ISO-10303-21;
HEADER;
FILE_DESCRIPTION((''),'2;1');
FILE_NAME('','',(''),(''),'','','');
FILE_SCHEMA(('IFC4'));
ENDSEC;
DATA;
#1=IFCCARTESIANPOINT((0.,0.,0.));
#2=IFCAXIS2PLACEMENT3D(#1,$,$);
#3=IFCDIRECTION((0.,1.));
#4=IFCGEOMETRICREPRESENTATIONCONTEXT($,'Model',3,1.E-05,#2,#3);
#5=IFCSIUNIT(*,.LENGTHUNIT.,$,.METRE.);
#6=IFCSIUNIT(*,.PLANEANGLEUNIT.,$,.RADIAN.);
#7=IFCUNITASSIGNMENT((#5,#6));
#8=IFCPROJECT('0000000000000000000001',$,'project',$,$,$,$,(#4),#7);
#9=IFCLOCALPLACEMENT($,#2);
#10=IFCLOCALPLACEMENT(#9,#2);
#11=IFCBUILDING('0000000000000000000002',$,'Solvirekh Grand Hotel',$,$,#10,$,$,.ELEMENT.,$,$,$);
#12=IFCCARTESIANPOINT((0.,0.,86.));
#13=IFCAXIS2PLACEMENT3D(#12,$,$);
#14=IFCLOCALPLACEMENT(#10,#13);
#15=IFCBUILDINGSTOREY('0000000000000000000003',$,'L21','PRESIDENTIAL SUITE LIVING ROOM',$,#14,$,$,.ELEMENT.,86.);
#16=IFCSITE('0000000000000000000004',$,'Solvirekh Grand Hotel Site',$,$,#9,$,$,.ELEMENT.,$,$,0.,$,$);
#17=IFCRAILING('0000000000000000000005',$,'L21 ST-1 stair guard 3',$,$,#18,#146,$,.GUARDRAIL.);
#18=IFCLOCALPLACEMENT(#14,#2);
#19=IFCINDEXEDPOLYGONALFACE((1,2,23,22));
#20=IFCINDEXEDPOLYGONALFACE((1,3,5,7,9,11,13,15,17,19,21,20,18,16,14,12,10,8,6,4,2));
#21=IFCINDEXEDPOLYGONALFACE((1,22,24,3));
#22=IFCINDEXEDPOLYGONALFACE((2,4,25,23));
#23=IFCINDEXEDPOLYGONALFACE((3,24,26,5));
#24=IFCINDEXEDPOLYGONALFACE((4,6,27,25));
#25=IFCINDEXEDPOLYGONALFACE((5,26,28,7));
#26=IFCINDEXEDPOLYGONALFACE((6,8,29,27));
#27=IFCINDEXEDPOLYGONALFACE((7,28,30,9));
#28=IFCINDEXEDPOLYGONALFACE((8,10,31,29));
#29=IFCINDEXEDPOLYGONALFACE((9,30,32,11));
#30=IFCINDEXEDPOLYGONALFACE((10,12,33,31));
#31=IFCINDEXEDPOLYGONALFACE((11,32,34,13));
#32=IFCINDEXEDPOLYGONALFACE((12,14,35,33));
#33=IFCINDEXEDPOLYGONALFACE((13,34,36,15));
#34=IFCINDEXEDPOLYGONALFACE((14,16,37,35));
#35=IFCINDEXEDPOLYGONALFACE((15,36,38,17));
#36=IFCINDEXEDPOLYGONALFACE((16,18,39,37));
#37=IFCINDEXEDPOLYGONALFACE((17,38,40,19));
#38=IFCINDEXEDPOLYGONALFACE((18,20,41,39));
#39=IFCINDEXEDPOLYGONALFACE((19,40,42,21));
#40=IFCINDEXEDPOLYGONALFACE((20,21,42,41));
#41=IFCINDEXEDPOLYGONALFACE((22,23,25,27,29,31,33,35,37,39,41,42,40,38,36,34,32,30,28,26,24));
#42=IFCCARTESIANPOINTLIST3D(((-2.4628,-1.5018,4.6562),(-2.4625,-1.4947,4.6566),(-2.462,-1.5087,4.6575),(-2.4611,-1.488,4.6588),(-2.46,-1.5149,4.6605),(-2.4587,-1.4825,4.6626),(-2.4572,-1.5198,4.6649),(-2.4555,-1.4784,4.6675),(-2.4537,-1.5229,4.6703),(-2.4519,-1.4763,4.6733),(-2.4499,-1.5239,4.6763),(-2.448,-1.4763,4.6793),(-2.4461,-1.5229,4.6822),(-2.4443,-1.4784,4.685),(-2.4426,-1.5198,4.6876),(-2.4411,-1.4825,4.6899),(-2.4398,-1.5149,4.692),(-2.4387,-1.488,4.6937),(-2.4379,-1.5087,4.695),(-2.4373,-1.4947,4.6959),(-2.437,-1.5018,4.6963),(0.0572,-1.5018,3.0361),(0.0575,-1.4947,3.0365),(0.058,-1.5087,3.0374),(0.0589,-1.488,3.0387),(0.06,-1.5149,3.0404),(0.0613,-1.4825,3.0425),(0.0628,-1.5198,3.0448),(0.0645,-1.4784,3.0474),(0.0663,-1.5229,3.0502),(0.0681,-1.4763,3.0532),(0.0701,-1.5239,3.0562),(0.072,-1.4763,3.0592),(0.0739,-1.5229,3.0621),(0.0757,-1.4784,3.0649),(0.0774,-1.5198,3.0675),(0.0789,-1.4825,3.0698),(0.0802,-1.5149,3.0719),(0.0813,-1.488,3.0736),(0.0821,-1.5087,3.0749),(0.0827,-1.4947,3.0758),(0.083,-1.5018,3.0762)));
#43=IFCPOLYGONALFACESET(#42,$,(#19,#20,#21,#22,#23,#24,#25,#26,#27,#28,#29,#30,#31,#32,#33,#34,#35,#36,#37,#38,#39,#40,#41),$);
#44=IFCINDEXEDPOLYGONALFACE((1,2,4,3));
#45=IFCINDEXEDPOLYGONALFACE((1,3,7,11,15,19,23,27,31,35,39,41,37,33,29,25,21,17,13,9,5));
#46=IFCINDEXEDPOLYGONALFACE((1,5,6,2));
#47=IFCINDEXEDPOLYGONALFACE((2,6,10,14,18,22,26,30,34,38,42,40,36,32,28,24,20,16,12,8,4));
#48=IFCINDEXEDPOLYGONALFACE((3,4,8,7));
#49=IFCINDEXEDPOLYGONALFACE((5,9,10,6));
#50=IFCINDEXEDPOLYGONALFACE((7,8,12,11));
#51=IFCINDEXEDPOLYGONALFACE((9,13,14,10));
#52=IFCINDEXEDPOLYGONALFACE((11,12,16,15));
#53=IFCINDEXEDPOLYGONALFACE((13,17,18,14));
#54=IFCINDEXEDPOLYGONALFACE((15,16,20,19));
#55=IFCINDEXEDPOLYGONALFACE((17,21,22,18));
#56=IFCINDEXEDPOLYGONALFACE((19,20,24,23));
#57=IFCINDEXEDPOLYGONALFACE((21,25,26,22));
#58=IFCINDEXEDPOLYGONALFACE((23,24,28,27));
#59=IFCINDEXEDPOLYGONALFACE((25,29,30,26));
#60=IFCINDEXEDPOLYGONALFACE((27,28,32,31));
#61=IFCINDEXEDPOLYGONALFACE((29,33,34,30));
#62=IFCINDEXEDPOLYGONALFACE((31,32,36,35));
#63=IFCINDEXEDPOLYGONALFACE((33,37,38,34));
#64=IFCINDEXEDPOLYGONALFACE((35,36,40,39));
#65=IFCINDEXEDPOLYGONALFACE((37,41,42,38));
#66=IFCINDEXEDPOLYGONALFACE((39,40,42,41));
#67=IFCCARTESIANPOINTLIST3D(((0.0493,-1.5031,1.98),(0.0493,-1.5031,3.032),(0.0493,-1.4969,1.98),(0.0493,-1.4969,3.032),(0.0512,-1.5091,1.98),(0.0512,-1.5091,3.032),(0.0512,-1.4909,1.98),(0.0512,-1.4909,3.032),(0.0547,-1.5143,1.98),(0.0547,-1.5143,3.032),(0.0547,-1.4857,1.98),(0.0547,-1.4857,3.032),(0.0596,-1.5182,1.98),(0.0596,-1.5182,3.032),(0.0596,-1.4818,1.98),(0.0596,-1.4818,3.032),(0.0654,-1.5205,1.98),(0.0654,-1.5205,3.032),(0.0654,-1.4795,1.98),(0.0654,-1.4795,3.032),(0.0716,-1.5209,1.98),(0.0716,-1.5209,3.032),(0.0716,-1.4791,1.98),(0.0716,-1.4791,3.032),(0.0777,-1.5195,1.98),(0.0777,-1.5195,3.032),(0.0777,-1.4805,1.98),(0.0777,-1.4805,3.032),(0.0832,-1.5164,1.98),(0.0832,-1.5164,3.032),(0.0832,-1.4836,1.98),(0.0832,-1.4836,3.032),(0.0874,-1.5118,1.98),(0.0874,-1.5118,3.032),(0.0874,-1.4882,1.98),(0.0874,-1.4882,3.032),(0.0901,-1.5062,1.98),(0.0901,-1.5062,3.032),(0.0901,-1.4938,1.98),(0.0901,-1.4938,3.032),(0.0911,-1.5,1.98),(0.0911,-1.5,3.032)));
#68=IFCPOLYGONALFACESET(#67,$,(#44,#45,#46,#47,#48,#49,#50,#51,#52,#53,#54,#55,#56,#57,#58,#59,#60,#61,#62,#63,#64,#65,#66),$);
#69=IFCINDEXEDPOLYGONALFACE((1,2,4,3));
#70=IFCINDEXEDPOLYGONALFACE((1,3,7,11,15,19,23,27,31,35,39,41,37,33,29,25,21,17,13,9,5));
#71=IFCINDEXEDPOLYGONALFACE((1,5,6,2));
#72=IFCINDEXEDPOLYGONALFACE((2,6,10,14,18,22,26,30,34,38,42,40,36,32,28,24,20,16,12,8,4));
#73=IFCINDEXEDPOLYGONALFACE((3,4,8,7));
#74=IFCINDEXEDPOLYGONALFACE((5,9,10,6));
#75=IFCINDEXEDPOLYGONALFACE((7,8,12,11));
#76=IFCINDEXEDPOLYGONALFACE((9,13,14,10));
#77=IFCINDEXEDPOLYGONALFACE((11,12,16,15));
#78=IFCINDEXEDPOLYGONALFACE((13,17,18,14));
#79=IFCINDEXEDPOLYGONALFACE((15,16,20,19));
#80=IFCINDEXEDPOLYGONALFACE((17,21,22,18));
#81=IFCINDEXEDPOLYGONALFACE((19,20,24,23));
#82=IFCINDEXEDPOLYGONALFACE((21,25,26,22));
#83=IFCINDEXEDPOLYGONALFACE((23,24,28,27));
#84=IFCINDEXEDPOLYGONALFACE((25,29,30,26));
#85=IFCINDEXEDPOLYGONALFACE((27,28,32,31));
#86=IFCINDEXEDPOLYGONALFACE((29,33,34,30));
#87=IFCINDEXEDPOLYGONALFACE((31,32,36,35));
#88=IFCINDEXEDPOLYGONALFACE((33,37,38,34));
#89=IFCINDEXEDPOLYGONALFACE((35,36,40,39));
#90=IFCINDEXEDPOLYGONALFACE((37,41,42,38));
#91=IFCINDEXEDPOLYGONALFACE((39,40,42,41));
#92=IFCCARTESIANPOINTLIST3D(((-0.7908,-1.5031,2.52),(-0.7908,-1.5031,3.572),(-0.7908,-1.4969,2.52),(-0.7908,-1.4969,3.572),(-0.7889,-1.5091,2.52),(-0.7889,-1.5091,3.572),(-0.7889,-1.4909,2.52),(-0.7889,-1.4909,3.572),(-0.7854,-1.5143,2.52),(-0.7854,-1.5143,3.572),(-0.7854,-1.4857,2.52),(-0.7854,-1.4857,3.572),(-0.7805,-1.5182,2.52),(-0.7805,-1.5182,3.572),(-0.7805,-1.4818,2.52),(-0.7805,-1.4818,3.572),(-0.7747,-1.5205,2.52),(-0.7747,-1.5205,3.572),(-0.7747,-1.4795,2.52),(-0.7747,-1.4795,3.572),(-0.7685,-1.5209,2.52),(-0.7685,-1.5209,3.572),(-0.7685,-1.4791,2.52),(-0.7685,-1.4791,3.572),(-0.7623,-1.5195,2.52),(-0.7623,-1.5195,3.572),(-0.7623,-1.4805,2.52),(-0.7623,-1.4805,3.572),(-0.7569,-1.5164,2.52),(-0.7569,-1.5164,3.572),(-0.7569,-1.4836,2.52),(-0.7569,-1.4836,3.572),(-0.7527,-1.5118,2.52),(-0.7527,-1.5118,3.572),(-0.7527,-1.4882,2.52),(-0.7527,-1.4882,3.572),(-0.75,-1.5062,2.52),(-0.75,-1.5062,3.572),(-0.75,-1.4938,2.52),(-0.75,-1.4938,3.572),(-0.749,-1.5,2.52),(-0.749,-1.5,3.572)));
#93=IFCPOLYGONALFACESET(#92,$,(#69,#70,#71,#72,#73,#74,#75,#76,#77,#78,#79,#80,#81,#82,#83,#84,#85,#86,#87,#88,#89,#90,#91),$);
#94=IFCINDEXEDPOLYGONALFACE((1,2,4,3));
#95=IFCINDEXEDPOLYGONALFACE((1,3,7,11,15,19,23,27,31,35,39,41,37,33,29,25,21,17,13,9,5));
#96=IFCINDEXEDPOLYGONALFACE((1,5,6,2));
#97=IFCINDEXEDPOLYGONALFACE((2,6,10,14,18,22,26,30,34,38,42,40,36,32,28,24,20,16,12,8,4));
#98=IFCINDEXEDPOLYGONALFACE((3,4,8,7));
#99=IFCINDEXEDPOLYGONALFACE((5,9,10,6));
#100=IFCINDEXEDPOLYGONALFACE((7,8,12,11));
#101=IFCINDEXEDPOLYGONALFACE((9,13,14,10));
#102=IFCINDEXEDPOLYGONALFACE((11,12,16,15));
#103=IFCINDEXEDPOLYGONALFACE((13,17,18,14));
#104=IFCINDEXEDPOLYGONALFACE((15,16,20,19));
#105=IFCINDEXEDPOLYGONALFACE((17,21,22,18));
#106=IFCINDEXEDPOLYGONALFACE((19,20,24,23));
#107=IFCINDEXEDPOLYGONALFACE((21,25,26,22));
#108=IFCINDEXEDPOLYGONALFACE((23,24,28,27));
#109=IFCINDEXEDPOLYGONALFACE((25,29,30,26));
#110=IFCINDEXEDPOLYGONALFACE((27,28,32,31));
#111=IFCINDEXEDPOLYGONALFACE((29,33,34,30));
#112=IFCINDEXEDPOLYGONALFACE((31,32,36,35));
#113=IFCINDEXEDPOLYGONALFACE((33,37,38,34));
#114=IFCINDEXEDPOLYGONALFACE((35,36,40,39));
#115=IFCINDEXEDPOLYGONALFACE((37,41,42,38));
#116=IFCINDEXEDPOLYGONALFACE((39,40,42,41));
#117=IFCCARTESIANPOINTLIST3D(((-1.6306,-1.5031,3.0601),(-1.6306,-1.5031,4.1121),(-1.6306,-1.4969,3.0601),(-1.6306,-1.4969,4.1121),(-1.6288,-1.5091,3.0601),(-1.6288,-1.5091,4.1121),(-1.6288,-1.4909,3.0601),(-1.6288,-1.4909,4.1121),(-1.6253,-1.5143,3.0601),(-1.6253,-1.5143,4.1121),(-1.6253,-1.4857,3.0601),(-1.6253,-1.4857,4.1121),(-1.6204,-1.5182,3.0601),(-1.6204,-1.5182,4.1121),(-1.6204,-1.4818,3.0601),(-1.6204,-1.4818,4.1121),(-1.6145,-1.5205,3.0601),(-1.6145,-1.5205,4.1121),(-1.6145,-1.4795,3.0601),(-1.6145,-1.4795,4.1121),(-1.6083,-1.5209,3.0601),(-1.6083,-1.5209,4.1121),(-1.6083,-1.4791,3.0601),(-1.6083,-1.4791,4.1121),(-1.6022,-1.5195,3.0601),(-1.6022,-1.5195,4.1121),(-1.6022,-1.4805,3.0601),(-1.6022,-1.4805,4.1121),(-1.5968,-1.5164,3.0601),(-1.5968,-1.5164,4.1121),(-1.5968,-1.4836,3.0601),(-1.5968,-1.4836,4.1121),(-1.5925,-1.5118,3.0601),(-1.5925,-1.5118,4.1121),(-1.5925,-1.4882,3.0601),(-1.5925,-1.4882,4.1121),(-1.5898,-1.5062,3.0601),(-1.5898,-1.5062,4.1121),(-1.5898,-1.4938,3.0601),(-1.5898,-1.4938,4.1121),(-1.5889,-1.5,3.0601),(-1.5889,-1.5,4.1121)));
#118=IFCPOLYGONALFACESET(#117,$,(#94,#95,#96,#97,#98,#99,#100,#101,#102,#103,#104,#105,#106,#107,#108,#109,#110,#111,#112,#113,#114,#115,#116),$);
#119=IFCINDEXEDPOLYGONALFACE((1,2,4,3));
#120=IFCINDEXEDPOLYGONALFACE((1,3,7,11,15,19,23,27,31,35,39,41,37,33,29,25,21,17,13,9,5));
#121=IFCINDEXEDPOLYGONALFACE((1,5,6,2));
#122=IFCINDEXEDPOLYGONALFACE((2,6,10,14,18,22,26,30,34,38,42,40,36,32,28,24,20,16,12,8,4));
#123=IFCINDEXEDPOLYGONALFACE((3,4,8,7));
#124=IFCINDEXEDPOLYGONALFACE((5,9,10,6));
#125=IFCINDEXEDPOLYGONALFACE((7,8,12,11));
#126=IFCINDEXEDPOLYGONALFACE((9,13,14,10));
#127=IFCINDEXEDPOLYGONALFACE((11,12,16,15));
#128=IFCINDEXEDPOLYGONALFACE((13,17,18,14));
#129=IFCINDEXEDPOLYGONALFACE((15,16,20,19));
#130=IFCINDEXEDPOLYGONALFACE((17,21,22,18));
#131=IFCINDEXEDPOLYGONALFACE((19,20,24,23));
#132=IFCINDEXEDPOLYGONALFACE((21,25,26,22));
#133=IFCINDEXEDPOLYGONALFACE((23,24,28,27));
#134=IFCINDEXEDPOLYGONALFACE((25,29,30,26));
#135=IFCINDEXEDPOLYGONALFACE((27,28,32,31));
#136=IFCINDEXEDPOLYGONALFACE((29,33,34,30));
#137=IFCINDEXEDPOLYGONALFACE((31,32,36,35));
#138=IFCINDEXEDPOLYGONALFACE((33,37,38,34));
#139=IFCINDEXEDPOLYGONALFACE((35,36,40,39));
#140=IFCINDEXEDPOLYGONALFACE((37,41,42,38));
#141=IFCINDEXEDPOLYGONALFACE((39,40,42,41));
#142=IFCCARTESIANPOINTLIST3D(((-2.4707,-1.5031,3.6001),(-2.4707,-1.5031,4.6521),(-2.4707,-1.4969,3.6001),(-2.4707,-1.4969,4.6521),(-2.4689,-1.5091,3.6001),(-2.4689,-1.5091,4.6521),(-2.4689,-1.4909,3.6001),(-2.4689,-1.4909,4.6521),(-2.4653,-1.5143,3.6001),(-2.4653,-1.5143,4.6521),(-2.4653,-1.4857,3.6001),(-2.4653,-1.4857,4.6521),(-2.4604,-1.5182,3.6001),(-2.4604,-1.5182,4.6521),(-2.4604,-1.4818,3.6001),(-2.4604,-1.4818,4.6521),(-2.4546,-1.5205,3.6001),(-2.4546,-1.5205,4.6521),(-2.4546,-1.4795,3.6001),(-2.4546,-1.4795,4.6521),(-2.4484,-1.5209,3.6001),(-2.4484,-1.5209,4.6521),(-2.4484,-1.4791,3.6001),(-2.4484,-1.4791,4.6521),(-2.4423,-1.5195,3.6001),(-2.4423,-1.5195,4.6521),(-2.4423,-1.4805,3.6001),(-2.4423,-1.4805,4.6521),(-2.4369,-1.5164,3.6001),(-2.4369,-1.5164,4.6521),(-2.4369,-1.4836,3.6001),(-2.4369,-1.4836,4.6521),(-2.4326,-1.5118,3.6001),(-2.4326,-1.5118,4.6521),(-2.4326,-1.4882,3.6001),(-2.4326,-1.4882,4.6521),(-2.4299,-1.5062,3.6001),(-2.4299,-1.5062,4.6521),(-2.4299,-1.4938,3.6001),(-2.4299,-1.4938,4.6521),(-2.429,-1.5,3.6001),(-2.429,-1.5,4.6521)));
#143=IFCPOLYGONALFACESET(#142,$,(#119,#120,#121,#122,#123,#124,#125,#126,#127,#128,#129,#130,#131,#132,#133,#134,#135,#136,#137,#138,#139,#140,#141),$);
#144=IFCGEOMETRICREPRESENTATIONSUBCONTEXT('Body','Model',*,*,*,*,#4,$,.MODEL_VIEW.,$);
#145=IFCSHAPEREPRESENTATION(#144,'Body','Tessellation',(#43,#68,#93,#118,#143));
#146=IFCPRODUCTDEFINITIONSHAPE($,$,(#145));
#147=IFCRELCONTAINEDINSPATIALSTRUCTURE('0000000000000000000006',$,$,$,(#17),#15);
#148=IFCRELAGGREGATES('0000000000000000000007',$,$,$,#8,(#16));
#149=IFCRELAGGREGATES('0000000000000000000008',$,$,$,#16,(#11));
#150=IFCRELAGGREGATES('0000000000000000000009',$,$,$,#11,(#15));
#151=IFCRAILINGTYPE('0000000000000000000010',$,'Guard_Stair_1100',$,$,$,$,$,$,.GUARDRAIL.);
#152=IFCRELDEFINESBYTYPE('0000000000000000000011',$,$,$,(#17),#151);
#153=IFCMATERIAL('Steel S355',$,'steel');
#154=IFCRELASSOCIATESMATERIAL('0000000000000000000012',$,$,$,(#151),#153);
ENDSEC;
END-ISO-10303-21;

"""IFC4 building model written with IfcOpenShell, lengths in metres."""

from ifc_helpers import new_model, si_unit, direction, frame, origin, origin_2d, place, context, subcontext, project, spatial, circle, extrude, material, type_object, element, save


model = new_model("IFC4")

# Units and contexts
model_context = context("Model", 3, precision=1e-05, world=origin(), true_north=direction((0.0, 1.0)))
body_context = subcontext(model_context, "Body", "Model", "MODEL_VIEW")
ifc_project = project(units=[si_unit("LENGTHUNIT", "METRE"), si_unit("PLANEANGLEUNIT", "RADIAN")], contexts=[model_context])

# Site, building, storey
site_placement = place(None, origin())
site = spatial("IfcSite", under=ifc_project, at=site_placement, Name="Solvirekh Grand Hotel Site", CompositionType="ELEMENT", RefElevation=0.0)
building_placement = place(site_placement, origin())
building = spatial("IfcBuilding", under=site, at=building_placement, Name="Solvirekh Grand Hotel", CompositionType="ELEMENT")
storey_placement = place(building_placement, frame((0.0, 0.0, 86.0)))
storey = spatial("IfcBuildingStorey", under=building, at=storey_placement, Name="L21", Description="PRESIDENTIAL SUITE LIVING ROOM", CompositionType="ELEMENT", Elevation=86.0)

# Shared definitions
ifc_material_1 = material(Name="Steel S355", Category="steel")

# Railing
railing_type_1 = type_object("IfcRailingType", Name="Guard_Stair_1100", PredefinedType="GUARDRAIL", material=ifc_material_1)
railing_1_placement = place(storey_placement, frame((0.0701, -1.5, 1.98)))
element("IfcRailing", 1, at=railing_1_placement, inside=storey, type_object=railing_type_1, Name="L21 ST-1 stair guard 3", PredefinedType="GUARDRAIL", context=body_context, shape_type="SweptSolid", body=[
    extrude(circle(Radius=0.0239, at=origin_2d()), frame((0.0, 0.0, 1.0762), z_axis=(-0.841163, 0.0, 0.540782), x_axis=(0.0, -1.0, 0.0)), (0.0, 0.0, 1.0), 2.9958),
    extrude(circle(Radius=0.021, at=origin_2d()), origin(), (0.0, 0.0, 1.0), 1.052),
    extrude(circle(Radius=0.021, at=origin_2d()), frame((-0.8401, 0.0, 0.54)), (0.0, 0.0, 1.0), 1.052),
    extrude(circle(Radius=0.021, at=origin_2d()), frame((-1.6799, 0.0, 1.0801)), (0.0, 0.0, 1.0), 1.052),
    extrude(circle(Radius=0.021, at=origin_2d()), frame((-2.52, 0.0, 1.6201)), (0.0, 0.0, 1.0), 1.052),
])

save(model, "model.ifc")
